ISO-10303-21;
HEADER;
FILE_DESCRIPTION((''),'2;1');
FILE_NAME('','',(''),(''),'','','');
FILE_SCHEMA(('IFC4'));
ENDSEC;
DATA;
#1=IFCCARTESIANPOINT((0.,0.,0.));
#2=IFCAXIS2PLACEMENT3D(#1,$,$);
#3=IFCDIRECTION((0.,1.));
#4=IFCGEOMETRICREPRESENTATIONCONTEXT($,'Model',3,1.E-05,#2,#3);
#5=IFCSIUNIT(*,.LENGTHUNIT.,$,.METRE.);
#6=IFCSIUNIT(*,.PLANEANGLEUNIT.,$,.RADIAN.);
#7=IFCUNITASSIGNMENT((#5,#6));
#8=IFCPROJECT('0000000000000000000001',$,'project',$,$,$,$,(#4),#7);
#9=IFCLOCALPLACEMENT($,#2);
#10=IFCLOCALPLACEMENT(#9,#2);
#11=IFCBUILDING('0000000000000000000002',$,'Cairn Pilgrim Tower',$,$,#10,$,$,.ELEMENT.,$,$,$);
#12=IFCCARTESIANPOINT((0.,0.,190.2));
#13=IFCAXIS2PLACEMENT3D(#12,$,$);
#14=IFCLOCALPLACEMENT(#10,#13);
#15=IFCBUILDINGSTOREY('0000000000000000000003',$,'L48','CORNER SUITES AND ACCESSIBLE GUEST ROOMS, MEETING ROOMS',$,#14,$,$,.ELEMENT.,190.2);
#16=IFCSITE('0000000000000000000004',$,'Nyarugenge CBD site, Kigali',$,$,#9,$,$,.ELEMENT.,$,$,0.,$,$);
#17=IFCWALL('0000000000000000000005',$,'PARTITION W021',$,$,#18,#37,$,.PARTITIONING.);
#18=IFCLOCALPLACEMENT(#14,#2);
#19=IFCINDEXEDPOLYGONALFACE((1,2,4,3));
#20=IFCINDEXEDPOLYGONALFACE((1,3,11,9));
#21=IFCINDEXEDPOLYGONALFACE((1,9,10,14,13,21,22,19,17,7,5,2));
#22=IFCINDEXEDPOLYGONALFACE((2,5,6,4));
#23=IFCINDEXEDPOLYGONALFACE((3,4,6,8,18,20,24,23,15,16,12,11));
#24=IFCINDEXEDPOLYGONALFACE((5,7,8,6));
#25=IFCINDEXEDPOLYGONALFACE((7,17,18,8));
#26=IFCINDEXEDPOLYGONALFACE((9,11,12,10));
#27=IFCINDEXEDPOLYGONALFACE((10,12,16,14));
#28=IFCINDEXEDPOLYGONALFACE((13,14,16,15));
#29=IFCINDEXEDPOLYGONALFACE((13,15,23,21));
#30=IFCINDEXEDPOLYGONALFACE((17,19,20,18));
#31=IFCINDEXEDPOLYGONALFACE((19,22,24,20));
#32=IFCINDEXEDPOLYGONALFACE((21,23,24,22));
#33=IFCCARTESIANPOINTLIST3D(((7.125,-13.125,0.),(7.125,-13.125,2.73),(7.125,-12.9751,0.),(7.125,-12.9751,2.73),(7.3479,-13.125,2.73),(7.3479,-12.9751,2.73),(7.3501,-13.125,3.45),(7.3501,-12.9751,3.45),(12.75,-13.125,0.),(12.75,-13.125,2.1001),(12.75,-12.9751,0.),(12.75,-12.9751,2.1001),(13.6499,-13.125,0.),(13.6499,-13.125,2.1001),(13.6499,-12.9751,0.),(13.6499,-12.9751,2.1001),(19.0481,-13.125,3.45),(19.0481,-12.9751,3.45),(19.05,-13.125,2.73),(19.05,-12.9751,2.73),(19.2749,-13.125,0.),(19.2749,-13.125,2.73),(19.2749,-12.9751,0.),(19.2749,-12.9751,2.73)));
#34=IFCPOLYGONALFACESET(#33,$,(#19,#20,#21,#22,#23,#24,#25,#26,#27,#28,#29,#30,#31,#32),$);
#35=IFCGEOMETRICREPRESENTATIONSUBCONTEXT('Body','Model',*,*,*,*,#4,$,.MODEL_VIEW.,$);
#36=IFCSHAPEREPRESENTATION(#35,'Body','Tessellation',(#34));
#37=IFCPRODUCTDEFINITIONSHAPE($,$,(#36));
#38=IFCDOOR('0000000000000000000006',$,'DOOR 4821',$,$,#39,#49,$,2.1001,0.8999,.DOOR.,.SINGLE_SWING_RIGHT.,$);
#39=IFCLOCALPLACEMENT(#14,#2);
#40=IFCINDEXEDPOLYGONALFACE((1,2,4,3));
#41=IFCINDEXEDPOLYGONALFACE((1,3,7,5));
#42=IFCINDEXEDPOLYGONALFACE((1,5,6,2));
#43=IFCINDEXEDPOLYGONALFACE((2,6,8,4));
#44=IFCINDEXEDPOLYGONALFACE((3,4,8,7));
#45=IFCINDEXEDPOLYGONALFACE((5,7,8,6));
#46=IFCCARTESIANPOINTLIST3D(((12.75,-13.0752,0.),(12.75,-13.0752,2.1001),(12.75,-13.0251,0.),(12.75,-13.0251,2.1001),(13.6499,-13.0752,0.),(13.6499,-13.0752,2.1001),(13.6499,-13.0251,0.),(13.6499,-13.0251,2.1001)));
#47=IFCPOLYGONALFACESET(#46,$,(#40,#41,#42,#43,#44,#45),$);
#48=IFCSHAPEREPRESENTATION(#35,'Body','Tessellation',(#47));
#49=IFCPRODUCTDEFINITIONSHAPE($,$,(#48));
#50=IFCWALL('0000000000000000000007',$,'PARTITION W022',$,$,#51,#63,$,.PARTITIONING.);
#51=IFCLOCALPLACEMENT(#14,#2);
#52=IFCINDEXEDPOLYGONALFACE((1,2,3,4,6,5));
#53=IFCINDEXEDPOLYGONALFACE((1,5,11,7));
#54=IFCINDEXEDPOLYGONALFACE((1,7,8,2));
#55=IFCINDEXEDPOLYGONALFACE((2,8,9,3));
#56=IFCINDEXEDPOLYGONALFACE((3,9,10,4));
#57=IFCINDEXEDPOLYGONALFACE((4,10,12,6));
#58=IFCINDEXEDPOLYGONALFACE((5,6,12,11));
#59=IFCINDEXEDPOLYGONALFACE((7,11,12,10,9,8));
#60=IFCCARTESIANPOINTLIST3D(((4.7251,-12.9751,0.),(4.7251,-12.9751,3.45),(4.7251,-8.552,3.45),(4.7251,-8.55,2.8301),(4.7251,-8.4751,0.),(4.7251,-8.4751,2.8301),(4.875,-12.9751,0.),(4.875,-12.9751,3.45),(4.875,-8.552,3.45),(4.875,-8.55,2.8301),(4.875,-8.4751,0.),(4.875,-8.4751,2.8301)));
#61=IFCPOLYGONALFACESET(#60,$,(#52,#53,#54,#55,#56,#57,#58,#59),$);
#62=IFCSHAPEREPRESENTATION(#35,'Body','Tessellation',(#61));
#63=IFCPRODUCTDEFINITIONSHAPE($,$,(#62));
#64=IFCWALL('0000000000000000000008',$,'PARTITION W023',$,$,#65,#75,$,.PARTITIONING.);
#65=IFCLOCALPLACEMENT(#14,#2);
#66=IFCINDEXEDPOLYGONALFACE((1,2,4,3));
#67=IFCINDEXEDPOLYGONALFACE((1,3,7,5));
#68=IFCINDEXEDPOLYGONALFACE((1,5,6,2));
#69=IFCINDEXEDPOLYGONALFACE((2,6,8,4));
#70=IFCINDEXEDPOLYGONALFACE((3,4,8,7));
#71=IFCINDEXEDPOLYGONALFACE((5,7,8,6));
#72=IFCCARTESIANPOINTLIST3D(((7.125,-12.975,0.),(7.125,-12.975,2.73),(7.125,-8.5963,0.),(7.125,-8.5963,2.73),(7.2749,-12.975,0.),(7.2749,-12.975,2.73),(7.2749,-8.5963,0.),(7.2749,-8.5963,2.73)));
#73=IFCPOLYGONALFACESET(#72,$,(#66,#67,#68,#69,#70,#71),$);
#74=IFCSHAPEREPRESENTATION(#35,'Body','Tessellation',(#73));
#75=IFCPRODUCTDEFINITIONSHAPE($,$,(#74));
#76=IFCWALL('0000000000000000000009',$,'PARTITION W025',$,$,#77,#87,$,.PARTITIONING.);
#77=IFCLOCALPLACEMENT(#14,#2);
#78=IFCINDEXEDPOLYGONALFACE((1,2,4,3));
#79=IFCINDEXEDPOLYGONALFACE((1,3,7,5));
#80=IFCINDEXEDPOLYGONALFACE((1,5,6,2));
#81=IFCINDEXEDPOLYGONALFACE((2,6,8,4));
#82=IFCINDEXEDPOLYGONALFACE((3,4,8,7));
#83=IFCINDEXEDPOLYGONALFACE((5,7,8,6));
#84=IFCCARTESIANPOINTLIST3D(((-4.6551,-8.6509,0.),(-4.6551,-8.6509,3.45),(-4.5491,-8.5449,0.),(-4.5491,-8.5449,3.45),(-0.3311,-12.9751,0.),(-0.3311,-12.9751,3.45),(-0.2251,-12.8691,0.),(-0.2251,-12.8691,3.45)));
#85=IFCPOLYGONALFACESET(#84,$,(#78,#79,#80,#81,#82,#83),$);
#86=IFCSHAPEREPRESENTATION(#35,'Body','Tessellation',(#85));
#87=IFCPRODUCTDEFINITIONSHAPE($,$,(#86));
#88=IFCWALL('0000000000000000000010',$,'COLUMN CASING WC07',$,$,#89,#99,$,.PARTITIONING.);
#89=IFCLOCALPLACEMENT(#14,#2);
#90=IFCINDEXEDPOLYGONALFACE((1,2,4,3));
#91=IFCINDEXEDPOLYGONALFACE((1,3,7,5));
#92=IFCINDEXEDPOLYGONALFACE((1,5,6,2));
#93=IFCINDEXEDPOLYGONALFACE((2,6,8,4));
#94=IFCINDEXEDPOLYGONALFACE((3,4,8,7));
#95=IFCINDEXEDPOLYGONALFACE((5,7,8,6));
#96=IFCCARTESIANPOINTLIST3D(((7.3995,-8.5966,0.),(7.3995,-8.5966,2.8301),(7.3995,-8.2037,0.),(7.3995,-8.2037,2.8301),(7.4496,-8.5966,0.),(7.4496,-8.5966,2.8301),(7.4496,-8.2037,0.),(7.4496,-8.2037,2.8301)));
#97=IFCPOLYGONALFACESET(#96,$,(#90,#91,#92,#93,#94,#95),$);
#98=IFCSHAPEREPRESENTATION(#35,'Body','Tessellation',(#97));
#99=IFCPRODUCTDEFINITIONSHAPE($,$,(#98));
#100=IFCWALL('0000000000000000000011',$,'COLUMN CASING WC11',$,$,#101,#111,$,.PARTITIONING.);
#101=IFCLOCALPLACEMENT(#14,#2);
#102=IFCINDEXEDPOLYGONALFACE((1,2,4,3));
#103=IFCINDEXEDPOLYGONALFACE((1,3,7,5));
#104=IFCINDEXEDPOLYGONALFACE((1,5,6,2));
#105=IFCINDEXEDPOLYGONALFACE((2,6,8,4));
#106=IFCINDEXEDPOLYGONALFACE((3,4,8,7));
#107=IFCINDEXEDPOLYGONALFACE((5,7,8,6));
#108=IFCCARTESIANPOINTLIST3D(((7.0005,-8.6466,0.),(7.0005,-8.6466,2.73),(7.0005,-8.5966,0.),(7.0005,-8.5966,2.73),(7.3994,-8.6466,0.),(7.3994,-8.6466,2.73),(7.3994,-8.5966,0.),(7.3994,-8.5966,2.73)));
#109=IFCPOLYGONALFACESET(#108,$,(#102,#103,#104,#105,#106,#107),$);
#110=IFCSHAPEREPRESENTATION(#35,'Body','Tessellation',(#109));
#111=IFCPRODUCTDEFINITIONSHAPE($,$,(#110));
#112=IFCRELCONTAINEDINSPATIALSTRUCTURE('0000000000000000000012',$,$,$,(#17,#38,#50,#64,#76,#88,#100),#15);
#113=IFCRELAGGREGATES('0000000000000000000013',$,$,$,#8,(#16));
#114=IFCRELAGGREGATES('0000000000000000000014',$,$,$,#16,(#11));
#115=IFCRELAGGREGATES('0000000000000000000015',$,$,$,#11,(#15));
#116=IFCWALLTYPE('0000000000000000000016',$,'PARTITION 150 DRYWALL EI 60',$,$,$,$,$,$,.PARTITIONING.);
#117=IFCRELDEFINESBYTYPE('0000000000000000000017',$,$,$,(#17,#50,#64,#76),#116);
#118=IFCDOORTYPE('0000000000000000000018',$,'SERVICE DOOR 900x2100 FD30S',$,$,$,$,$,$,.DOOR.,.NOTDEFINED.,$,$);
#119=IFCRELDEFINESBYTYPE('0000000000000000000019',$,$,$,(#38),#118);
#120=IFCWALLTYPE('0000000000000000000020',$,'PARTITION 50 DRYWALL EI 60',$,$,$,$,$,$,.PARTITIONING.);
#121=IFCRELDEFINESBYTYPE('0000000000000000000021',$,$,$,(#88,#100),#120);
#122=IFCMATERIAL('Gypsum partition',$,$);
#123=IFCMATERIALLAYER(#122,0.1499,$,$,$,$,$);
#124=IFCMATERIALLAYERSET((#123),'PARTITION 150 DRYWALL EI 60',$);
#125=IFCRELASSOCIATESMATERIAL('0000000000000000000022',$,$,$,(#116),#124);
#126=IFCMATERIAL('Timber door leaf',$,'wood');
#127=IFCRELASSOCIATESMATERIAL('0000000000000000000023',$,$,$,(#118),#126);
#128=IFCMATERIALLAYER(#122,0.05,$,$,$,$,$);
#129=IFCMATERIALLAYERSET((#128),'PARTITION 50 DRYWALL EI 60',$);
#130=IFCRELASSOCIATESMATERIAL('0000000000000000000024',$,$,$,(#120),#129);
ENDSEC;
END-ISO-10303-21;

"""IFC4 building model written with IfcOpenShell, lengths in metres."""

from ifc_helpers import new_model, si_unit, direction, frame, frame_2d, origin, place, context, subcontext, project, spatial, polyline, rectangle, outline, extrude, material, layer, layer_set, type_object, element, fill, save


model = new_model("IFC4")

# Units and contexts
model_context = context("Model", 3, precision=1e-05, world=origin(), true_north=direction((0.0, 1.0)))
body_context = subcontext(model_context, "Body", "Model", "MODEL_VIEW")
ifc_project = project(units=[si_unit("LENGTHUNIT", "METRE"), si_unit("PLANEANGLEUNIT", "RADIAN")], contexts=[model_context])

# Site, building, storey
site_placement = place(None, origin())
site = spatial("IfcSite", under=ifc_project, at=site_placement, Name="Nyarugenge CBD site, Kigali", CompositionType="ELEMENT", RefElevation=0.0)
building_placement = place(site_placement, origin())
building = spatial("IfcBuilding", under=site, at=building_placement, Name="Cairn Pilgrim Tower", CompositionType="ELEMENT")
storey_placement = place(building_placement, frame((0.0, 0.0, 190.2)))
storey = spatial("IfcBuildingStorey", under=building, at=storey_placement, Name="L48", Description="CORNER SUITES AND ACCESSIBLE GUEST ROOMS, MEETING ROOMS", CompositionType="ELEMENT", Elevation=190.2)

# Shared definitions
ifc_material_1 = material(Name="Gypsum partition")

# Shared definitions
ifc_material_2 = material(Name="Timber door leaf", Category="wood")

# Shared definitions
ifc_layer_1 = layer(ifc_material_1, 0.1499)
ifc_layer_set_1 = layer_set([ifc_layer_1], Name="PARTITION 150 DRYWALL EI 60")
wall_type_1 = type_object("IfcWallType", Name="PARTITION 150 DRYWALL EI 60", PredefinedType="PARTITIONING", material=ifc_layer_set_1)

# Shared definitions
door_type_1 = type_object("IfcDoorType", Name="SERVICE DOOR 900x2100 FD30S", OperationType="NOTDEFINED", PredefinedType="DOOR", material=ifc_material_2)

# Wall, opening, door
wall_1_placement = place(storey_placement, frame((7.125, -13.05, 0.0), z_axis=(0.0, 0.0, 1.0), x_axis=(1.0, 0.0, 0.0)))
wall_1 = element("IfcWall", 1, at=wall_1_placement, inside=storey, type_object=wall_type_1, Name="PARTITION W021", PredefinedType="PARTITIONING", context=body_context, shape_type="SweptSolid", body=[
    extrude(outline(polyline([(0.0, 0.0), (12.1499, 0.0), (12.1499, 2.73), (11.925, 2.73), (11.9231, 3.45), (0.2251, 3.45), (0.2229, 2.73), (0.0, 2.73), (0.0, 0.0)])), frame((0.0, 0.075, 0.0), z_axis=(0.0, -1.0, 0.0), x_axis=(1.0, 0.0, 0.0)), (0.0, 0.0, 1.0), 0.1499),
])
opening_1_placement = place(wall_1_placement, frame((5.625, 0.0, 0.0)))
opening_1 = element("IfcOpeningElement", 2, at=opening_1_placement, cuts=wall_1, PredefinedType="OPENING", context=body_context, shape_type="SweptSolid", body=[
    extrude(rectangle(XDim=0.8999, YDim=2.1001, at=frame_2d((0.45, 1.05))), frame((0.0, 0.085, 0.0), z_axis=(0.0, -1.0, 0.0), x_axis=(1.0, 0.0, 0.0)), (0.0, 0.0, 1.0), 0.1699),
])
door_1_placement = place(opening_1_placement, origin())
door_1 = element("IfcDoor", 3, at=door_1_placement, inside=storey, type_object=door_type_1, Name="DOOR 4821", OperationType="SINGLE_SWING_RIGHT", OverallHeight=2.1001, OverallWidth=0.8999, PredefinedType="DOOR", context=body_context, shape_type="SweptSolid", body=[
    extrude(rectangle(XDim=0.8999, YDim=2.1001, at=frame_2d((0.45, 1.05))), frame((0.0, 0.0249, 0.0), z_axis=(0.0, -1.0, 0.0), x_axis=(1.0, 0.0, 0.0)), (0.0, 0.0, 1.0), 0.05),
])
fill(opening_1, door_1)

# Walls
wall_2_placement = place(storey_placement, frame((4.8, -12.9751, 0.0), z_axis=(0.0, 0.0, 1.0), x_axis=(0.0, 1.0, 0.0)))
element("IfcWall", 4, at=wall_2_placement, inside=storey, type_object=wall_type_1, Name="PARTITION W022", PredefinedType="PARTITIONING", context=body_context, shape_type="SweptSolid", body=[
    extrude(outline(polyline([(0.0, 0.0), (4.5, 0.0), (4.5, 2.8301), (4.425, 2.8301), (4.4231, 3.45), (0.0, 3.45), (0.0, 0.0)])), frame((0.0, 0.075, 0.0), z_axis=(0.0, -1.0, 0.0), x_axis=(1.0, 0.0, 0.0)), (0.0, 0.0, 1.0), 0.1499),
])
wall_3_placement = place(storey_placement, frame((7.2, -12.9751, 0.0), z_axis=(0.0, 0.0, 1.0), x_axis=(0.0, 1.0, 0.0)))
element("IfcWall", 5, at=wall_3_placement, inside=storey, type_object=wall_type_1, Name="PARTITION W023", PredefinedType="PARTITIONING", context=body_context, shape_type="SweptSolid", body=[
    extrude(rectangle(XDim=4.3787, YDim=0.1499, at=frame_2d((2.1895, 0.0))), origin(), (0.0, 0.0, 1.0), 2.73),
])
wall_4_placement = place(storey_placement, frame((-0.2781, -12.9221, 0.0), z_axis=(0.0, 0.0, 1.0), x_axis=(-0.707087, 0.707127, 0.0)))
element("IfcWall", 6, at=wall_4_placement, inside=storey, type_object=wall_type_1, Name="PARTITION W025", PredefinedType="PARTITIONING", context=body_context, shape_type="SweptSolid", body=[
    extrude(rectangle(XDim=6.1152, YDim=0.1499, at=frame_2d((3.0576, 0.0))), origin(), (0.0, 0.0, 1.0), 3.45),
])
ifc_layer_2 = layer(ifc_material_1, 0.05)
ifc_layer_set_2 = layer_set([ifc_layer_2], Name="PARTITION 50 DRYWALL EI 60")
wall_type_2 = type_object("IfcWallType", Name="PARTITION 50 DRYWALL EI 60", PredefinedType="PARTITIONING", material=ifc_layer_set_2)
wall_5_placement = place(storey_placement, frame((7.4246, -8.5964, 0.0), z_axis=(0.0, 0.0, 1.0), x_axis=(0.0, 1.0, 0.0)))
element("IfcWall", 7, at=wall_5_placement, inside=storey, type_object=wall_type_2, Name="COLUMN CASING WC07", PredefinedType="PARTITIONING", context=body_context, shape_type="SweptSolid", body=[
    extrude(rectangle(XDim=0.3928, YDim=0.05, at=frame_2d((0.1963, 0.0))), origin(), (0.0, 0.0, 1.0), 2.8301),
])
wall_6_placement = place(storey_placement, frame((7.0005, -8.6216, 0.0), z_axis=(0.0, 0.0, 1.0), x_axis=(1.0, 0.0, 0.0)))
element("IfcWall", 8, at=wall_6_placement, inside=storey, type_object=wall_type_2, Name="COLUMN CASING WC11", PredefinedType="PARTITIONING", context=body_context, shape_type="SweptSolid", body=[
    extrude(rectangle(XDim=0.3989, YDim=0.05, at=frame_2d((0.1995, 0.0))), origin(), (0.0, 0.0, 1.0), 2.73),
])

save(model, "model.ifc")
